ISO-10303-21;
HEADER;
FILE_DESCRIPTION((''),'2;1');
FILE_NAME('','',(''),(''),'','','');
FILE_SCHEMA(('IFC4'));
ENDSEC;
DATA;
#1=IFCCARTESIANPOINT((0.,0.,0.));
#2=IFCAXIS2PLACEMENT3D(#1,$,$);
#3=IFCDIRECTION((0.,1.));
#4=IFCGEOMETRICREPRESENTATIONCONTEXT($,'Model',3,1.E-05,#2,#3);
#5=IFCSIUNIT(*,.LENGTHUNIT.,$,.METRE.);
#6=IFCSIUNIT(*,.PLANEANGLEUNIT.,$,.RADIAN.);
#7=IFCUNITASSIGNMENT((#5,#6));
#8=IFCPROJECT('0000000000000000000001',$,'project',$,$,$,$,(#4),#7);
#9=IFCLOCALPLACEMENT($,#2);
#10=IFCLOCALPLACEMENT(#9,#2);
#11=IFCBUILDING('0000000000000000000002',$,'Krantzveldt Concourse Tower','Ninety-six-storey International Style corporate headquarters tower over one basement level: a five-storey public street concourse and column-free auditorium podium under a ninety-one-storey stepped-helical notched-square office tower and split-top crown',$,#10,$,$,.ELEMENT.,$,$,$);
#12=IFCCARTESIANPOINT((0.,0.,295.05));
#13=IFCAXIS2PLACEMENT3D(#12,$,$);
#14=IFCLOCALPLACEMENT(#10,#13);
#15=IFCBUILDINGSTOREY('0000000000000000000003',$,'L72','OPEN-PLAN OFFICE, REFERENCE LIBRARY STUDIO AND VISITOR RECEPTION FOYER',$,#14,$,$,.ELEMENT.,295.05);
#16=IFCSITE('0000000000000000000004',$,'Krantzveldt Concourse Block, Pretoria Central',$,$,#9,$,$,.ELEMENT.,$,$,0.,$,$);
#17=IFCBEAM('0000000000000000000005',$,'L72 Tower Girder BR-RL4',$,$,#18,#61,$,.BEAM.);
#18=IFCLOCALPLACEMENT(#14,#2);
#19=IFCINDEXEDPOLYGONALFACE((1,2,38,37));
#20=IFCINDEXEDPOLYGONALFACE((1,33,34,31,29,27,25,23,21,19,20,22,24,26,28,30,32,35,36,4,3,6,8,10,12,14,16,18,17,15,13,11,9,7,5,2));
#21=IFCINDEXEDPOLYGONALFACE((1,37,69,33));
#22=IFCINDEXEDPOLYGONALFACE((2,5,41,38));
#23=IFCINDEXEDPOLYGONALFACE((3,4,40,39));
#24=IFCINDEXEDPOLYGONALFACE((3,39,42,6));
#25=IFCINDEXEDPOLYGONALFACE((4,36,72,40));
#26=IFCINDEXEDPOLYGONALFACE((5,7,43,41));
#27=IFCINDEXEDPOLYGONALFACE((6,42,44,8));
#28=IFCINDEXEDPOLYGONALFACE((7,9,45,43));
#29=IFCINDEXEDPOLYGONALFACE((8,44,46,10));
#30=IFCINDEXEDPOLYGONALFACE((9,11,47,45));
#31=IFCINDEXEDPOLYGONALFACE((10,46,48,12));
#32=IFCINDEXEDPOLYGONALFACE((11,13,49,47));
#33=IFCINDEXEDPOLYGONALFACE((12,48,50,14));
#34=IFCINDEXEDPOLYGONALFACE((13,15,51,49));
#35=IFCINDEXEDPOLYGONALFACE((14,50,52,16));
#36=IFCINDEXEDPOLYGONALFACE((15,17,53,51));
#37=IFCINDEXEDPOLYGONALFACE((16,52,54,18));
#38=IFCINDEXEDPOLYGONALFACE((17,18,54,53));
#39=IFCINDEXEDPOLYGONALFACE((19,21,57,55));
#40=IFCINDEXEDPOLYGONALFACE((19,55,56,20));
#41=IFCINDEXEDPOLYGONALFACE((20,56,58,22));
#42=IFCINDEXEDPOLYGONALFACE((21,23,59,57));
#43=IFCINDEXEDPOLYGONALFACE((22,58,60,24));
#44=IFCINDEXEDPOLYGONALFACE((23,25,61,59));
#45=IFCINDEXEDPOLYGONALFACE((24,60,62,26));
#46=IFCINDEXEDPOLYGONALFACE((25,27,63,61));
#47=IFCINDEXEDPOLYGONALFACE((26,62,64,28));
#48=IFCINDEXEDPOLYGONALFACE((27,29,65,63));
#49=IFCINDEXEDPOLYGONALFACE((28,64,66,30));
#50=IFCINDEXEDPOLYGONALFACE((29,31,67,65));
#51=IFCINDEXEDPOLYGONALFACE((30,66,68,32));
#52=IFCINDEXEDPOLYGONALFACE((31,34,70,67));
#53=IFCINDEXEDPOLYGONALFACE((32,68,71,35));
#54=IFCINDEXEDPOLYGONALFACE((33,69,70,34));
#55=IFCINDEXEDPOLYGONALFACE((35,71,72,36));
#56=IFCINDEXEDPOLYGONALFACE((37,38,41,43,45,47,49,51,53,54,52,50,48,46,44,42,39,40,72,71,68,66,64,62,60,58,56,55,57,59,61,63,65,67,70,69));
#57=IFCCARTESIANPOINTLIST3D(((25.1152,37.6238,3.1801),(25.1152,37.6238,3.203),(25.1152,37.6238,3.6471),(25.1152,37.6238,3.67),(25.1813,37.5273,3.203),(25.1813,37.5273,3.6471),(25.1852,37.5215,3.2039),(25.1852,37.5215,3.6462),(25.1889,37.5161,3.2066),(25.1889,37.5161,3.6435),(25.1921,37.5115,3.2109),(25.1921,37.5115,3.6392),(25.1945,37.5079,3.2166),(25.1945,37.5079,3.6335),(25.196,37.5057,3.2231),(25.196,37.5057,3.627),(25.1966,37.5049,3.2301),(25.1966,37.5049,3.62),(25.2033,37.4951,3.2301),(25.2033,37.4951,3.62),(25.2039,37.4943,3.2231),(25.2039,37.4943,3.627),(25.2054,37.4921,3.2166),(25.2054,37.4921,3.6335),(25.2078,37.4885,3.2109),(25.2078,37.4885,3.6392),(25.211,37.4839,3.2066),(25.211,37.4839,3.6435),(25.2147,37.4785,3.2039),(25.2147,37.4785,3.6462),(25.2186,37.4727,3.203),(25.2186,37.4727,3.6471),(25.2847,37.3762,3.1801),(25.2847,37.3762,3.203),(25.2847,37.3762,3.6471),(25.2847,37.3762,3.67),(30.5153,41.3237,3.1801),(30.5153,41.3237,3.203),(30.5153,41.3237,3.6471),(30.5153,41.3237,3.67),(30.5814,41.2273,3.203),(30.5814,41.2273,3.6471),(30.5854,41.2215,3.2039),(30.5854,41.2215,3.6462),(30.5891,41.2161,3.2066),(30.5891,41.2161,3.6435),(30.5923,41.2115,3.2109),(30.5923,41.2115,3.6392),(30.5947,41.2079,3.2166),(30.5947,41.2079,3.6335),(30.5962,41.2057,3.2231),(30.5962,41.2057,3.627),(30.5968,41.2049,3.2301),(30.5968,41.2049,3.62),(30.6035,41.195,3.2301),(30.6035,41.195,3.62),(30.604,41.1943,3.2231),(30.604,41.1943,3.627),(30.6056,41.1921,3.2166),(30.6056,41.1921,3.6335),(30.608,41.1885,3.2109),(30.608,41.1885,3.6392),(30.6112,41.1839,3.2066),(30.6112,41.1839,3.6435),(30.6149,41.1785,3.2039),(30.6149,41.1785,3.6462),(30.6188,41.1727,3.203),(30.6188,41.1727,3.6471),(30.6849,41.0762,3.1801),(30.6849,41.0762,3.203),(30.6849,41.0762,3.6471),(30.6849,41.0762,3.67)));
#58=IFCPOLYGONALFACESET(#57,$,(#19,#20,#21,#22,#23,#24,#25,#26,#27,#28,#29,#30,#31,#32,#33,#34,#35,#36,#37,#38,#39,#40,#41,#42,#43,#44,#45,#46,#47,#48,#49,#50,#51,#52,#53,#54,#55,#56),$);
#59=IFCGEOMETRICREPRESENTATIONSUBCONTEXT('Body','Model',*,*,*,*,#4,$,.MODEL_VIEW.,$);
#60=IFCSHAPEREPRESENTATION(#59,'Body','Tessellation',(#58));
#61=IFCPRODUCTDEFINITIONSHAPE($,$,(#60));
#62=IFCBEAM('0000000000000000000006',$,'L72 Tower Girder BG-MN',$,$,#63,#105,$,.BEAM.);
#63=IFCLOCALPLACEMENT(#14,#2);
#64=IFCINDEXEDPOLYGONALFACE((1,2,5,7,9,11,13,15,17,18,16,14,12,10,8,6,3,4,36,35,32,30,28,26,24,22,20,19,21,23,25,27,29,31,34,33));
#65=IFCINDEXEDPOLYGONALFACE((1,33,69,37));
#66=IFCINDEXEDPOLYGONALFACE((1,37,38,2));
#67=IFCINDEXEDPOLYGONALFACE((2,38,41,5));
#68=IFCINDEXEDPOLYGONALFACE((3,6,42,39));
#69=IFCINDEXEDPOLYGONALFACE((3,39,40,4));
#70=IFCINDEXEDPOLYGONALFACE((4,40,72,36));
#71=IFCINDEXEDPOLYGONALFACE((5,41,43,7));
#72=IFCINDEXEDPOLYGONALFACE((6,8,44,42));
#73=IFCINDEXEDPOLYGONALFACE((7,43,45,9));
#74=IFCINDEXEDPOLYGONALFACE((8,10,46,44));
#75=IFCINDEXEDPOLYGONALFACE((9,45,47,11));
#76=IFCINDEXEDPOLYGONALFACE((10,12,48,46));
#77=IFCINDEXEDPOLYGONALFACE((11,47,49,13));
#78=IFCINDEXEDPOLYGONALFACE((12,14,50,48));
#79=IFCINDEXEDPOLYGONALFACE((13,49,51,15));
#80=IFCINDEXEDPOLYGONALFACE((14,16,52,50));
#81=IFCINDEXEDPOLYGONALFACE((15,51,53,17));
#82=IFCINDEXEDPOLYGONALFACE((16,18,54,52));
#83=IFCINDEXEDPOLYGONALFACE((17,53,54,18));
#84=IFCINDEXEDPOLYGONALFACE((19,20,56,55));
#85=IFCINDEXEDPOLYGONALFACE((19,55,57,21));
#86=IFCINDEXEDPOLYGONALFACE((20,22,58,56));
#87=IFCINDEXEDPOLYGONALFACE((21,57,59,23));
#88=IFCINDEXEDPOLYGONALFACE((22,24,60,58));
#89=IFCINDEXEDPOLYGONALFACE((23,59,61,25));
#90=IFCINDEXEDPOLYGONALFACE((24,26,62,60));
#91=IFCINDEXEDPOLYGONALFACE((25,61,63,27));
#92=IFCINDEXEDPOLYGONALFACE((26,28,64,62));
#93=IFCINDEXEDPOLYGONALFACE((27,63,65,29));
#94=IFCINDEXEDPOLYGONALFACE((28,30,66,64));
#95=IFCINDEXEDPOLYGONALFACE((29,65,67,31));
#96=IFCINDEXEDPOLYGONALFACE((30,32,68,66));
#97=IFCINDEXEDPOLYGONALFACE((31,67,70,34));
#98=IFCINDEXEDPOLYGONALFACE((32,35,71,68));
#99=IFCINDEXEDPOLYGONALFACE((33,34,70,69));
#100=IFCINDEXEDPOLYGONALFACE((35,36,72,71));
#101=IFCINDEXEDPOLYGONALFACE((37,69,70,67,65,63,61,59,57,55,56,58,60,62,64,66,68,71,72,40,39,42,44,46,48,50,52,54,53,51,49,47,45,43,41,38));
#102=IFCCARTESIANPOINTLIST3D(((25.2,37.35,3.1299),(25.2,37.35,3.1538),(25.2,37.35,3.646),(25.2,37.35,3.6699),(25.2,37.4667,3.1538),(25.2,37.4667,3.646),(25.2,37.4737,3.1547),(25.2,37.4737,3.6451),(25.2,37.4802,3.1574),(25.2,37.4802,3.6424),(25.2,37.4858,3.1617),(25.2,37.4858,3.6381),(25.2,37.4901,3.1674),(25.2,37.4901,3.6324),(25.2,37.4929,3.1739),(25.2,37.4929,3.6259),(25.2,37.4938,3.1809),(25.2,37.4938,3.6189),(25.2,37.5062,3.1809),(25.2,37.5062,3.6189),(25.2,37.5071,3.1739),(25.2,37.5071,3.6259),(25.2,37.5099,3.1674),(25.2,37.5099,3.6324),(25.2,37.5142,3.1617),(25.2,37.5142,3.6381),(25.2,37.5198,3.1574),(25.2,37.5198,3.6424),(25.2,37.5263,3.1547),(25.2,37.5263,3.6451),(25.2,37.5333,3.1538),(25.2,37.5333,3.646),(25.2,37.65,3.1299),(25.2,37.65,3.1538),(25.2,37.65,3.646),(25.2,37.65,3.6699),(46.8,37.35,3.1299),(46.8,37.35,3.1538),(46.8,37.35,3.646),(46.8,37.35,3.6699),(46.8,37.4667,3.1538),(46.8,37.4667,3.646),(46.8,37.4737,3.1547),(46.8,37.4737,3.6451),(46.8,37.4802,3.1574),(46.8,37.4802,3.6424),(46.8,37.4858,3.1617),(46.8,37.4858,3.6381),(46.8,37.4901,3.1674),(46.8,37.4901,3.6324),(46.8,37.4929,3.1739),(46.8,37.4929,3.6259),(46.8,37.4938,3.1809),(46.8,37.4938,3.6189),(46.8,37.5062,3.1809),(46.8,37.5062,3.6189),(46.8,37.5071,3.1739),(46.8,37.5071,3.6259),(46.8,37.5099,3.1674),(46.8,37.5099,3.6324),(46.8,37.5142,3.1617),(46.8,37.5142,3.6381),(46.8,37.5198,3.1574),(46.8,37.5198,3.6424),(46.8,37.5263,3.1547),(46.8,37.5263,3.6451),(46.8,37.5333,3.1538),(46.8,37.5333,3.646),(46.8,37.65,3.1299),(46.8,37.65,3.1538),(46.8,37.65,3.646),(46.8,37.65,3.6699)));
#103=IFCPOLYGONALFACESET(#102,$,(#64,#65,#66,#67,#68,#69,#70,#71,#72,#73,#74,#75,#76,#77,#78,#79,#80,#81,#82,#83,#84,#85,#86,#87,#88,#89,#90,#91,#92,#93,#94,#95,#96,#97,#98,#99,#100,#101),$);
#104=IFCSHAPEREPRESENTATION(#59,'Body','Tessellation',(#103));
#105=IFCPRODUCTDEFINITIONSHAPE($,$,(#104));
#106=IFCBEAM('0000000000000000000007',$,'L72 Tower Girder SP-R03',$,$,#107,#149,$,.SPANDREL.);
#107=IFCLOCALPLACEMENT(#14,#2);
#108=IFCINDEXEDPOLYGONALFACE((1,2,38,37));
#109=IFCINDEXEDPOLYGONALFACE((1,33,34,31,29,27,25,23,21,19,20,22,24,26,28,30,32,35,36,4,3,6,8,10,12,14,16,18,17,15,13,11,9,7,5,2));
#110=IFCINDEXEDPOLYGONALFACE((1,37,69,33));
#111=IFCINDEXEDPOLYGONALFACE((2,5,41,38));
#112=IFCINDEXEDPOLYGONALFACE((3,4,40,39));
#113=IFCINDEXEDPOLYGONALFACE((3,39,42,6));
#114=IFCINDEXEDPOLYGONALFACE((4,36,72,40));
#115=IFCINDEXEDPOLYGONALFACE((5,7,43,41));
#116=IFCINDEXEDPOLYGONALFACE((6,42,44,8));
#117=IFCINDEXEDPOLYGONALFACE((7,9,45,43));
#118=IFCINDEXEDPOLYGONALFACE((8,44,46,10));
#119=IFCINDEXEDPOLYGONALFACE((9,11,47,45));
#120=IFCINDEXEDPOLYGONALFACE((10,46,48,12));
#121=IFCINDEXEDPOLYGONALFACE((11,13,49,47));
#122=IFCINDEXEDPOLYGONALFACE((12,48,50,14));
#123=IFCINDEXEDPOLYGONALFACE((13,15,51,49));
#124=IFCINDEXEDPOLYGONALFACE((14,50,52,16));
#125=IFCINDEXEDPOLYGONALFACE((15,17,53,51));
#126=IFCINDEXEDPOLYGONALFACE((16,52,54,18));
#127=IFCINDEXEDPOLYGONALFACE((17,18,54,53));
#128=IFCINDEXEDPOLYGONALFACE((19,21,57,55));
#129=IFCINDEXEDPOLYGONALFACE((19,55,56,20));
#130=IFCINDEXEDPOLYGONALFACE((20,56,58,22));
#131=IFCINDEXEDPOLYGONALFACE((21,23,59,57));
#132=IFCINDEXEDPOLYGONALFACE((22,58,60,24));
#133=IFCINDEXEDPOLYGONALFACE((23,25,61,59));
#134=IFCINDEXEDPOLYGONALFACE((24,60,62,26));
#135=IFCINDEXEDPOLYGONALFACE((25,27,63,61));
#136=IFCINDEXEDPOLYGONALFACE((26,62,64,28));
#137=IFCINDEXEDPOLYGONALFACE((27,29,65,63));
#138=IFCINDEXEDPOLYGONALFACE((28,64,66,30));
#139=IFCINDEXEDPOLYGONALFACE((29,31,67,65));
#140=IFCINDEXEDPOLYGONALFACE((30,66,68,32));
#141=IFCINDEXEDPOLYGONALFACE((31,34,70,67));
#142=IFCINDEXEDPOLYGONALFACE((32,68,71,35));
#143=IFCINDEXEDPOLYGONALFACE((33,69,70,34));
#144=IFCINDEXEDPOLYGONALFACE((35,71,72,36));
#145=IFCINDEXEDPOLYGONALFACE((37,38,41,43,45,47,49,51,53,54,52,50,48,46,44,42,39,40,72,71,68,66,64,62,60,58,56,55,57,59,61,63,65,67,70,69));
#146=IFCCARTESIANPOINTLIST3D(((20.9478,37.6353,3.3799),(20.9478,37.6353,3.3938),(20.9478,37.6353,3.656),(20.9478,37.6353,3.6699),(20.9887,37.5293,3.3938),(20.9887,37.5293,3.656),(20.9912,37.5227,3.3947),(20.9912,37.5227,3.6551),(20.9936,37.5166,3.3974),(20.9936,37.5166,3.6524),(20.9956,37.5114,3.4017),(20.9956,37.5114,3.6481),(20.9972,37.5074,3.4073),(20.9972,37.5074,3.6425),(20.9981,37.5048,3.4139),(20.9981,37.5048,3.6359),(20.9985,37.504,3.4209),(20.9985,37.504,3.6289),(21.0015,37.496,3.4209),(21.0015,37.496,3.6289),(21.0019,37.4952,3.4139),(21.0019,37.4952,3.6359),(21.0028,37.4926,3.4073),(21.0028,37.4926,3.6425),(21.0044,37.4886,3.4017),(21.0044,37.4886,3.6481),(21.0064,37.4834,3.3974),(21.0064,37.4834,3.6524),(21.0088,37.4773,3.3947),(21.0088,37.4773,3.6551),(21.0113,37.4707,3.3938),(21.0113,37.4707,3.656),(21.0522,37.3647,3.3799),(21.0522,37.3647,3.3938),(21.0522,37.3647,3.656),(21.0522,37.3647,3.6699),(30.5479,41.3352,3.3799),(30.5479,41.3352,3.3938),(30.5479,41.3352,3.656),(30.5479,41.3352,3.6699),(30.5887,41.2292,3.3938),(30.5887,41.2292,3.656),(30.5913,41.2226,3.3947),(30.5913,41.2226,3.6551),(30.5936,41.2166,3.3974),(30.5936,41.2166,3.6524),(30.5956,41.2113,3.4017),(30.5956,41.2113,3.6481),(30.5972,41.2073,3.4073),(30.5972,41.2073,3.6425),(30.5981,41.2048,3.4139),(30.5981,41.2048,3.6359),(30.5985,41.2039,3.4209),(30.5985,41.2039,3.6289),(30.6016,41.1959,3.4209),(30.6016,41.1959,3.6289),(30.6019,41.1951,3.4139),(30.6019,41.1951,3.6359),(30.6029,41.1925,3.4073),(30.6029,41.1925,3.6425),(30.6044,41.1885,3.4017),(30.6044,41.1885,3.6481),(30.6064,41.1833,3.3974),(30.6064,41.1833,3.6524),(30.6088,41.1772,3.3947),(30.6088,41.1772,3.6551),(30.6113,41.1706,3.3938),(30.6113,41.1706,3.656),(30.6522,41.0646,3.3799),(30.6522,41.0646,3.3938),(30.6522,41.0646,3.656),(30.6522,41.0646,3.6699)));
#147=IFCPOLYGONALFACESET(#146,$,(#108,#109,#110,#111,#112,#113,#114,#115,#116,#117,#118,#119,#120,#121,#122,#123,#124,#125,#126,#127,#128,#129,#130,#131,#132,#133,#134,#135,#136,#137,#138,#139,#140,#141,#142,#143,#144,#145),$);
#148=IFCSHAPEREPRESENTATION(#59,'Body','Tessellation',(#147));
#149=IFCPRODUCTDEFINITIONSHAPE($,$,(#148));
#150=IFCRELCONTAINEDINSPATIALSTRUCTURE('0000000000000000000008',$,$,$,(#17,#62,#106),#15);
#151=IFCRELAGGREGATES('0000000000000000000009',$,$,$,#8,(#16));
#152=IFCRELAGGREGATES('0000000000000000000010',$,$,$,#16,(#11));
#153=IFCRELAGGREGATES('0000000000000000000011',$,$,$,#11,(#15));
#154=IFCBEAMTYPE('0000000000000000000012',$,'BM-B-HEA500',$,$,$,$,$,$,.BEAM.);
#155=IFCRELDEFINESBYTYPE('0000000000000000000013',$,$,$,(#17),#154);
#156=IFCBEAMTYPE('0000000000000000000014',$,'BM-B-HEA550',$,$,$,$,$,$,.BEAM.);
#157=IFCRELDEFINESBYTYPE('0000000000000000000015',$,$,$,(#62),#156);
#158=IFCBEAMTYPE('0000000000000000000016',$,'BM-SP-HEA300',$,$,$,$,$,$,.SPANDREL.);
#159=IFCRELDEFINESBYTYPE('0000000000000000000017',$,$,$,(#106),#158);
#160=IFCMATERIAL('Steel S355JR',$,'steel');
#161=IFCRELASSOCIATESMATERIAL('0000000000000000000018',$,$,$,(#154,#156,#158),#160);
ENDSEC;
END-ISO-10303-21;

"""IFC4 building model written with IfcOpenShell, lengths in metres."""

from ifc_helpers import new_model, si_unit, direction, frame, origin, origin_2d, place, context, subcontext, project, spatial, i_section, extrude, source, transform, mapped, material, material_profile, profile_set, type_object, type_shapes, element, save


model = new_model("IFC4")

# Units and contexts
model_context = context("Model", 3, precision=1e-05, world=origin(), true_north=direction((0.0, 1.0)))
body_context = subcontext(model_context, "Body", "Model", "MODEL_VIEW")
ifc_project = project(units=[si_unit("LENGTHUNIT", "METRE"), si_unit("PLANEANGLEUNIT", "RADIAN")], contexts=[model_context])

# Site, building, storey
site_placement = place(None, origin())
site = spatial("IfcSite", under=ifc_project, at=site_placement, Name="Krantzveldt Concourse Block, Pretoria Central", CompositionType="ELEMENT", RefElevation=0.0)
building_placement = place(site_placement, origin())
building = spatial("IfcBuilding", under=site, at=building_placement, Name="Krantzveldt Concourse Tower", Description="Ninety-six-storey International Style corporate headquarters tower over one basement level: a five-storey public street concourse and column-free auditorium podium under a ninety-one-storey stepped-helical notched-square office tower and split-top crown", CompositionType="ELEMENT")
storey_placement = place(building_placement, frame((0.0, 0.0, 295.05)))
storey = spatial("IfcBuildingStorey", under=building, at=storey_placement, Name="L72", Description="OPEN-PLAN OFFICE, REFERENCE LIBRARY STUDIO AND VISITOR RECEPTION FOYER", CompositionType="ELEMENT", Elevation=295.05)

# Beams
ifc_material_1 = material(Name="Steel S355JR", Category="steel")
ifc_material_profile_1 = material_profile(ifc_material_1, i_section(OverallWidth=0.3, OverallDepth=0.49, WebThickness=0.012, FlangeThickness=0.0229, FilletRadius=0.0271, at=origin_2d()), Name="Steel S355JR", Category="steel")
ifc_profile_set_1 = profile_set([ifc_material_profile_1], Name="Steel S355JR - HEA 500")
beam_type_1 = type_object("IfcBeamType", Name="BM-B-HEA500", PredefinedType="BEAM", material=ifc_profile_set_1)
shared_shape_1 = source(origin(), body_context, "Body", "SweptSolid", [
    extrude(i_section(OverallWidth=0.3, OverallDepth=0.49, WebThickness=0.012, FlangeThickness=0.0229, FilletRadius=0.0271, at=origin_2d()), origin(), (0.0, 0.0, 1.0), 6.5461),
])
beam_1_placement = place(storey_placement, frame((25.2, 37.5, 3.425), z_axis=(0.824943, 0.565216, 0.0), x_axis=(-0.565216, 0.824943, 0.0)))
element("IfcBeam", 1, at=beam_1_placement, inside=storey, type_object=beam_type_1, Name="L72 Tower Girder BR-RL4", PredefinedType="BEAM", context=body_context, shape_type="MappedRepresentation", body=[
    mapped(shared_shape_1, transform((0.0, 0.0, 0.0), x_axis=(1.0, 0.0, 0.0), y_axis=(0.0, 1.0, 0.0), z_axis=(0.0, 0.0, 1.0), scale=1.0)),
])
ifc_material_profile_2 = material_profile(ifc_material_1, i_section(OverallWidth=0.3, OverallDepth=0.54, WebThickness=0.0125, FlangeThickness=0.0239, FilletRadius=0.0271, at=origin_2d()), Name="Steel S355JR", Category="steel")
ifc_profile_set_2 = profile_set([ifc_material_profile_2], Name="Steel S355JR - HEA 550")
beam_type_2 = type_object("IfcBeamType", Name="BM-B-HEA550", PredefinedType="BEAM", material=ifc_profile_set_2)
shared_shape_2 = source(origin(), body_context, "Body", "SweptSolid", [
    extrude(i_section(OverallWidth=0.3, OverallDepth=0.54, WebThickness=0.0125, FlangeThickness=0.0239, FilletRadius=0.0271, at=origin_2d()), origin(), (0.0, 0.0, 1.0), 21.6001),
])
type_shapes(beam_type_2, [shared_shape_2])
beam_2_placement = place(storey_placement, frame((25.2, 37.5, 3.3999), z_axis=(1.0, 0.0, 0.0), x_axis=(0.0, 1.0, 0.0)))
element("IfcBeam", 2, at=beam_2_placement, inside=storey, type_object=beam_type_2, Name="L72 Tower Girder BG-MN", PredefinedType="BEAM", context=body_context, shape_type="MappedRepresentation", body=[
    mapped(shared_shape_2, transform((0.0, 0.0, 0.0), x_axis=(1.0, 0.0, 0.0), y_axis=(0.0, 1.0, 0.0), z_axis=(0.0, 0.0, 1.0), scale=1.0)),
])
ifc_material_profile_3 = material_profile(ifc_material_1, i_section(OverallWidth=0.29, OverallDepth=0.29, WebThickness=0.0085, FlangeThickness=0.0139, FilletRadius=0.0271, at=origin_2d()), Name="Steel S355JR", Category="steel")
ifc_profile_set_3 = profile_set([ifc_material_profile_3], Name="Steel S355JR - HEA 300")
beam_type_3 = type_object("IfcBeamType", Name="BM-SP-HEA300", PredefinedType="SPANDREL", material=ifc_profile_set_3)
shared_shape_3 = source(origin(), body_context, "Body", "SweptSolid", [
    extrude(i_section(OverallWidth=0.29, OverallDepth=0.29, WebThickness=0.0085, FlangeThickness=0.0139, FilletRadius=0.0271, at=origin_2d()), origin(), (0.0, 0.0, 1.0), 10.2883),
])
beam_3_placement = place(storey_placement, frame((21.0, 37.5, 3.5249), z_axis=(0.933098, 0.359623, 0.0), x_axis=(-0.359623, 0.933098, 0.0)))
element("IfcBeam", 3, at=beam_3_placement, inside=storey, type_object=beam_type_3, Name="L72 Tower Girder SP-R03", PredefinedType="SPANDREL", context=body_context, shape_type="MappedRepresentation", body=[
    mapped(shared_shape_3, transform((0.0, 0.0, 0.0), x_axis=(1.0, 0.0, 0.0), y_axis=(0.0, 1.0, 0.0), z_axis=(0.0, 0.0, 1.0), scale=1.0)),
])

save(model, "model.ifc")
